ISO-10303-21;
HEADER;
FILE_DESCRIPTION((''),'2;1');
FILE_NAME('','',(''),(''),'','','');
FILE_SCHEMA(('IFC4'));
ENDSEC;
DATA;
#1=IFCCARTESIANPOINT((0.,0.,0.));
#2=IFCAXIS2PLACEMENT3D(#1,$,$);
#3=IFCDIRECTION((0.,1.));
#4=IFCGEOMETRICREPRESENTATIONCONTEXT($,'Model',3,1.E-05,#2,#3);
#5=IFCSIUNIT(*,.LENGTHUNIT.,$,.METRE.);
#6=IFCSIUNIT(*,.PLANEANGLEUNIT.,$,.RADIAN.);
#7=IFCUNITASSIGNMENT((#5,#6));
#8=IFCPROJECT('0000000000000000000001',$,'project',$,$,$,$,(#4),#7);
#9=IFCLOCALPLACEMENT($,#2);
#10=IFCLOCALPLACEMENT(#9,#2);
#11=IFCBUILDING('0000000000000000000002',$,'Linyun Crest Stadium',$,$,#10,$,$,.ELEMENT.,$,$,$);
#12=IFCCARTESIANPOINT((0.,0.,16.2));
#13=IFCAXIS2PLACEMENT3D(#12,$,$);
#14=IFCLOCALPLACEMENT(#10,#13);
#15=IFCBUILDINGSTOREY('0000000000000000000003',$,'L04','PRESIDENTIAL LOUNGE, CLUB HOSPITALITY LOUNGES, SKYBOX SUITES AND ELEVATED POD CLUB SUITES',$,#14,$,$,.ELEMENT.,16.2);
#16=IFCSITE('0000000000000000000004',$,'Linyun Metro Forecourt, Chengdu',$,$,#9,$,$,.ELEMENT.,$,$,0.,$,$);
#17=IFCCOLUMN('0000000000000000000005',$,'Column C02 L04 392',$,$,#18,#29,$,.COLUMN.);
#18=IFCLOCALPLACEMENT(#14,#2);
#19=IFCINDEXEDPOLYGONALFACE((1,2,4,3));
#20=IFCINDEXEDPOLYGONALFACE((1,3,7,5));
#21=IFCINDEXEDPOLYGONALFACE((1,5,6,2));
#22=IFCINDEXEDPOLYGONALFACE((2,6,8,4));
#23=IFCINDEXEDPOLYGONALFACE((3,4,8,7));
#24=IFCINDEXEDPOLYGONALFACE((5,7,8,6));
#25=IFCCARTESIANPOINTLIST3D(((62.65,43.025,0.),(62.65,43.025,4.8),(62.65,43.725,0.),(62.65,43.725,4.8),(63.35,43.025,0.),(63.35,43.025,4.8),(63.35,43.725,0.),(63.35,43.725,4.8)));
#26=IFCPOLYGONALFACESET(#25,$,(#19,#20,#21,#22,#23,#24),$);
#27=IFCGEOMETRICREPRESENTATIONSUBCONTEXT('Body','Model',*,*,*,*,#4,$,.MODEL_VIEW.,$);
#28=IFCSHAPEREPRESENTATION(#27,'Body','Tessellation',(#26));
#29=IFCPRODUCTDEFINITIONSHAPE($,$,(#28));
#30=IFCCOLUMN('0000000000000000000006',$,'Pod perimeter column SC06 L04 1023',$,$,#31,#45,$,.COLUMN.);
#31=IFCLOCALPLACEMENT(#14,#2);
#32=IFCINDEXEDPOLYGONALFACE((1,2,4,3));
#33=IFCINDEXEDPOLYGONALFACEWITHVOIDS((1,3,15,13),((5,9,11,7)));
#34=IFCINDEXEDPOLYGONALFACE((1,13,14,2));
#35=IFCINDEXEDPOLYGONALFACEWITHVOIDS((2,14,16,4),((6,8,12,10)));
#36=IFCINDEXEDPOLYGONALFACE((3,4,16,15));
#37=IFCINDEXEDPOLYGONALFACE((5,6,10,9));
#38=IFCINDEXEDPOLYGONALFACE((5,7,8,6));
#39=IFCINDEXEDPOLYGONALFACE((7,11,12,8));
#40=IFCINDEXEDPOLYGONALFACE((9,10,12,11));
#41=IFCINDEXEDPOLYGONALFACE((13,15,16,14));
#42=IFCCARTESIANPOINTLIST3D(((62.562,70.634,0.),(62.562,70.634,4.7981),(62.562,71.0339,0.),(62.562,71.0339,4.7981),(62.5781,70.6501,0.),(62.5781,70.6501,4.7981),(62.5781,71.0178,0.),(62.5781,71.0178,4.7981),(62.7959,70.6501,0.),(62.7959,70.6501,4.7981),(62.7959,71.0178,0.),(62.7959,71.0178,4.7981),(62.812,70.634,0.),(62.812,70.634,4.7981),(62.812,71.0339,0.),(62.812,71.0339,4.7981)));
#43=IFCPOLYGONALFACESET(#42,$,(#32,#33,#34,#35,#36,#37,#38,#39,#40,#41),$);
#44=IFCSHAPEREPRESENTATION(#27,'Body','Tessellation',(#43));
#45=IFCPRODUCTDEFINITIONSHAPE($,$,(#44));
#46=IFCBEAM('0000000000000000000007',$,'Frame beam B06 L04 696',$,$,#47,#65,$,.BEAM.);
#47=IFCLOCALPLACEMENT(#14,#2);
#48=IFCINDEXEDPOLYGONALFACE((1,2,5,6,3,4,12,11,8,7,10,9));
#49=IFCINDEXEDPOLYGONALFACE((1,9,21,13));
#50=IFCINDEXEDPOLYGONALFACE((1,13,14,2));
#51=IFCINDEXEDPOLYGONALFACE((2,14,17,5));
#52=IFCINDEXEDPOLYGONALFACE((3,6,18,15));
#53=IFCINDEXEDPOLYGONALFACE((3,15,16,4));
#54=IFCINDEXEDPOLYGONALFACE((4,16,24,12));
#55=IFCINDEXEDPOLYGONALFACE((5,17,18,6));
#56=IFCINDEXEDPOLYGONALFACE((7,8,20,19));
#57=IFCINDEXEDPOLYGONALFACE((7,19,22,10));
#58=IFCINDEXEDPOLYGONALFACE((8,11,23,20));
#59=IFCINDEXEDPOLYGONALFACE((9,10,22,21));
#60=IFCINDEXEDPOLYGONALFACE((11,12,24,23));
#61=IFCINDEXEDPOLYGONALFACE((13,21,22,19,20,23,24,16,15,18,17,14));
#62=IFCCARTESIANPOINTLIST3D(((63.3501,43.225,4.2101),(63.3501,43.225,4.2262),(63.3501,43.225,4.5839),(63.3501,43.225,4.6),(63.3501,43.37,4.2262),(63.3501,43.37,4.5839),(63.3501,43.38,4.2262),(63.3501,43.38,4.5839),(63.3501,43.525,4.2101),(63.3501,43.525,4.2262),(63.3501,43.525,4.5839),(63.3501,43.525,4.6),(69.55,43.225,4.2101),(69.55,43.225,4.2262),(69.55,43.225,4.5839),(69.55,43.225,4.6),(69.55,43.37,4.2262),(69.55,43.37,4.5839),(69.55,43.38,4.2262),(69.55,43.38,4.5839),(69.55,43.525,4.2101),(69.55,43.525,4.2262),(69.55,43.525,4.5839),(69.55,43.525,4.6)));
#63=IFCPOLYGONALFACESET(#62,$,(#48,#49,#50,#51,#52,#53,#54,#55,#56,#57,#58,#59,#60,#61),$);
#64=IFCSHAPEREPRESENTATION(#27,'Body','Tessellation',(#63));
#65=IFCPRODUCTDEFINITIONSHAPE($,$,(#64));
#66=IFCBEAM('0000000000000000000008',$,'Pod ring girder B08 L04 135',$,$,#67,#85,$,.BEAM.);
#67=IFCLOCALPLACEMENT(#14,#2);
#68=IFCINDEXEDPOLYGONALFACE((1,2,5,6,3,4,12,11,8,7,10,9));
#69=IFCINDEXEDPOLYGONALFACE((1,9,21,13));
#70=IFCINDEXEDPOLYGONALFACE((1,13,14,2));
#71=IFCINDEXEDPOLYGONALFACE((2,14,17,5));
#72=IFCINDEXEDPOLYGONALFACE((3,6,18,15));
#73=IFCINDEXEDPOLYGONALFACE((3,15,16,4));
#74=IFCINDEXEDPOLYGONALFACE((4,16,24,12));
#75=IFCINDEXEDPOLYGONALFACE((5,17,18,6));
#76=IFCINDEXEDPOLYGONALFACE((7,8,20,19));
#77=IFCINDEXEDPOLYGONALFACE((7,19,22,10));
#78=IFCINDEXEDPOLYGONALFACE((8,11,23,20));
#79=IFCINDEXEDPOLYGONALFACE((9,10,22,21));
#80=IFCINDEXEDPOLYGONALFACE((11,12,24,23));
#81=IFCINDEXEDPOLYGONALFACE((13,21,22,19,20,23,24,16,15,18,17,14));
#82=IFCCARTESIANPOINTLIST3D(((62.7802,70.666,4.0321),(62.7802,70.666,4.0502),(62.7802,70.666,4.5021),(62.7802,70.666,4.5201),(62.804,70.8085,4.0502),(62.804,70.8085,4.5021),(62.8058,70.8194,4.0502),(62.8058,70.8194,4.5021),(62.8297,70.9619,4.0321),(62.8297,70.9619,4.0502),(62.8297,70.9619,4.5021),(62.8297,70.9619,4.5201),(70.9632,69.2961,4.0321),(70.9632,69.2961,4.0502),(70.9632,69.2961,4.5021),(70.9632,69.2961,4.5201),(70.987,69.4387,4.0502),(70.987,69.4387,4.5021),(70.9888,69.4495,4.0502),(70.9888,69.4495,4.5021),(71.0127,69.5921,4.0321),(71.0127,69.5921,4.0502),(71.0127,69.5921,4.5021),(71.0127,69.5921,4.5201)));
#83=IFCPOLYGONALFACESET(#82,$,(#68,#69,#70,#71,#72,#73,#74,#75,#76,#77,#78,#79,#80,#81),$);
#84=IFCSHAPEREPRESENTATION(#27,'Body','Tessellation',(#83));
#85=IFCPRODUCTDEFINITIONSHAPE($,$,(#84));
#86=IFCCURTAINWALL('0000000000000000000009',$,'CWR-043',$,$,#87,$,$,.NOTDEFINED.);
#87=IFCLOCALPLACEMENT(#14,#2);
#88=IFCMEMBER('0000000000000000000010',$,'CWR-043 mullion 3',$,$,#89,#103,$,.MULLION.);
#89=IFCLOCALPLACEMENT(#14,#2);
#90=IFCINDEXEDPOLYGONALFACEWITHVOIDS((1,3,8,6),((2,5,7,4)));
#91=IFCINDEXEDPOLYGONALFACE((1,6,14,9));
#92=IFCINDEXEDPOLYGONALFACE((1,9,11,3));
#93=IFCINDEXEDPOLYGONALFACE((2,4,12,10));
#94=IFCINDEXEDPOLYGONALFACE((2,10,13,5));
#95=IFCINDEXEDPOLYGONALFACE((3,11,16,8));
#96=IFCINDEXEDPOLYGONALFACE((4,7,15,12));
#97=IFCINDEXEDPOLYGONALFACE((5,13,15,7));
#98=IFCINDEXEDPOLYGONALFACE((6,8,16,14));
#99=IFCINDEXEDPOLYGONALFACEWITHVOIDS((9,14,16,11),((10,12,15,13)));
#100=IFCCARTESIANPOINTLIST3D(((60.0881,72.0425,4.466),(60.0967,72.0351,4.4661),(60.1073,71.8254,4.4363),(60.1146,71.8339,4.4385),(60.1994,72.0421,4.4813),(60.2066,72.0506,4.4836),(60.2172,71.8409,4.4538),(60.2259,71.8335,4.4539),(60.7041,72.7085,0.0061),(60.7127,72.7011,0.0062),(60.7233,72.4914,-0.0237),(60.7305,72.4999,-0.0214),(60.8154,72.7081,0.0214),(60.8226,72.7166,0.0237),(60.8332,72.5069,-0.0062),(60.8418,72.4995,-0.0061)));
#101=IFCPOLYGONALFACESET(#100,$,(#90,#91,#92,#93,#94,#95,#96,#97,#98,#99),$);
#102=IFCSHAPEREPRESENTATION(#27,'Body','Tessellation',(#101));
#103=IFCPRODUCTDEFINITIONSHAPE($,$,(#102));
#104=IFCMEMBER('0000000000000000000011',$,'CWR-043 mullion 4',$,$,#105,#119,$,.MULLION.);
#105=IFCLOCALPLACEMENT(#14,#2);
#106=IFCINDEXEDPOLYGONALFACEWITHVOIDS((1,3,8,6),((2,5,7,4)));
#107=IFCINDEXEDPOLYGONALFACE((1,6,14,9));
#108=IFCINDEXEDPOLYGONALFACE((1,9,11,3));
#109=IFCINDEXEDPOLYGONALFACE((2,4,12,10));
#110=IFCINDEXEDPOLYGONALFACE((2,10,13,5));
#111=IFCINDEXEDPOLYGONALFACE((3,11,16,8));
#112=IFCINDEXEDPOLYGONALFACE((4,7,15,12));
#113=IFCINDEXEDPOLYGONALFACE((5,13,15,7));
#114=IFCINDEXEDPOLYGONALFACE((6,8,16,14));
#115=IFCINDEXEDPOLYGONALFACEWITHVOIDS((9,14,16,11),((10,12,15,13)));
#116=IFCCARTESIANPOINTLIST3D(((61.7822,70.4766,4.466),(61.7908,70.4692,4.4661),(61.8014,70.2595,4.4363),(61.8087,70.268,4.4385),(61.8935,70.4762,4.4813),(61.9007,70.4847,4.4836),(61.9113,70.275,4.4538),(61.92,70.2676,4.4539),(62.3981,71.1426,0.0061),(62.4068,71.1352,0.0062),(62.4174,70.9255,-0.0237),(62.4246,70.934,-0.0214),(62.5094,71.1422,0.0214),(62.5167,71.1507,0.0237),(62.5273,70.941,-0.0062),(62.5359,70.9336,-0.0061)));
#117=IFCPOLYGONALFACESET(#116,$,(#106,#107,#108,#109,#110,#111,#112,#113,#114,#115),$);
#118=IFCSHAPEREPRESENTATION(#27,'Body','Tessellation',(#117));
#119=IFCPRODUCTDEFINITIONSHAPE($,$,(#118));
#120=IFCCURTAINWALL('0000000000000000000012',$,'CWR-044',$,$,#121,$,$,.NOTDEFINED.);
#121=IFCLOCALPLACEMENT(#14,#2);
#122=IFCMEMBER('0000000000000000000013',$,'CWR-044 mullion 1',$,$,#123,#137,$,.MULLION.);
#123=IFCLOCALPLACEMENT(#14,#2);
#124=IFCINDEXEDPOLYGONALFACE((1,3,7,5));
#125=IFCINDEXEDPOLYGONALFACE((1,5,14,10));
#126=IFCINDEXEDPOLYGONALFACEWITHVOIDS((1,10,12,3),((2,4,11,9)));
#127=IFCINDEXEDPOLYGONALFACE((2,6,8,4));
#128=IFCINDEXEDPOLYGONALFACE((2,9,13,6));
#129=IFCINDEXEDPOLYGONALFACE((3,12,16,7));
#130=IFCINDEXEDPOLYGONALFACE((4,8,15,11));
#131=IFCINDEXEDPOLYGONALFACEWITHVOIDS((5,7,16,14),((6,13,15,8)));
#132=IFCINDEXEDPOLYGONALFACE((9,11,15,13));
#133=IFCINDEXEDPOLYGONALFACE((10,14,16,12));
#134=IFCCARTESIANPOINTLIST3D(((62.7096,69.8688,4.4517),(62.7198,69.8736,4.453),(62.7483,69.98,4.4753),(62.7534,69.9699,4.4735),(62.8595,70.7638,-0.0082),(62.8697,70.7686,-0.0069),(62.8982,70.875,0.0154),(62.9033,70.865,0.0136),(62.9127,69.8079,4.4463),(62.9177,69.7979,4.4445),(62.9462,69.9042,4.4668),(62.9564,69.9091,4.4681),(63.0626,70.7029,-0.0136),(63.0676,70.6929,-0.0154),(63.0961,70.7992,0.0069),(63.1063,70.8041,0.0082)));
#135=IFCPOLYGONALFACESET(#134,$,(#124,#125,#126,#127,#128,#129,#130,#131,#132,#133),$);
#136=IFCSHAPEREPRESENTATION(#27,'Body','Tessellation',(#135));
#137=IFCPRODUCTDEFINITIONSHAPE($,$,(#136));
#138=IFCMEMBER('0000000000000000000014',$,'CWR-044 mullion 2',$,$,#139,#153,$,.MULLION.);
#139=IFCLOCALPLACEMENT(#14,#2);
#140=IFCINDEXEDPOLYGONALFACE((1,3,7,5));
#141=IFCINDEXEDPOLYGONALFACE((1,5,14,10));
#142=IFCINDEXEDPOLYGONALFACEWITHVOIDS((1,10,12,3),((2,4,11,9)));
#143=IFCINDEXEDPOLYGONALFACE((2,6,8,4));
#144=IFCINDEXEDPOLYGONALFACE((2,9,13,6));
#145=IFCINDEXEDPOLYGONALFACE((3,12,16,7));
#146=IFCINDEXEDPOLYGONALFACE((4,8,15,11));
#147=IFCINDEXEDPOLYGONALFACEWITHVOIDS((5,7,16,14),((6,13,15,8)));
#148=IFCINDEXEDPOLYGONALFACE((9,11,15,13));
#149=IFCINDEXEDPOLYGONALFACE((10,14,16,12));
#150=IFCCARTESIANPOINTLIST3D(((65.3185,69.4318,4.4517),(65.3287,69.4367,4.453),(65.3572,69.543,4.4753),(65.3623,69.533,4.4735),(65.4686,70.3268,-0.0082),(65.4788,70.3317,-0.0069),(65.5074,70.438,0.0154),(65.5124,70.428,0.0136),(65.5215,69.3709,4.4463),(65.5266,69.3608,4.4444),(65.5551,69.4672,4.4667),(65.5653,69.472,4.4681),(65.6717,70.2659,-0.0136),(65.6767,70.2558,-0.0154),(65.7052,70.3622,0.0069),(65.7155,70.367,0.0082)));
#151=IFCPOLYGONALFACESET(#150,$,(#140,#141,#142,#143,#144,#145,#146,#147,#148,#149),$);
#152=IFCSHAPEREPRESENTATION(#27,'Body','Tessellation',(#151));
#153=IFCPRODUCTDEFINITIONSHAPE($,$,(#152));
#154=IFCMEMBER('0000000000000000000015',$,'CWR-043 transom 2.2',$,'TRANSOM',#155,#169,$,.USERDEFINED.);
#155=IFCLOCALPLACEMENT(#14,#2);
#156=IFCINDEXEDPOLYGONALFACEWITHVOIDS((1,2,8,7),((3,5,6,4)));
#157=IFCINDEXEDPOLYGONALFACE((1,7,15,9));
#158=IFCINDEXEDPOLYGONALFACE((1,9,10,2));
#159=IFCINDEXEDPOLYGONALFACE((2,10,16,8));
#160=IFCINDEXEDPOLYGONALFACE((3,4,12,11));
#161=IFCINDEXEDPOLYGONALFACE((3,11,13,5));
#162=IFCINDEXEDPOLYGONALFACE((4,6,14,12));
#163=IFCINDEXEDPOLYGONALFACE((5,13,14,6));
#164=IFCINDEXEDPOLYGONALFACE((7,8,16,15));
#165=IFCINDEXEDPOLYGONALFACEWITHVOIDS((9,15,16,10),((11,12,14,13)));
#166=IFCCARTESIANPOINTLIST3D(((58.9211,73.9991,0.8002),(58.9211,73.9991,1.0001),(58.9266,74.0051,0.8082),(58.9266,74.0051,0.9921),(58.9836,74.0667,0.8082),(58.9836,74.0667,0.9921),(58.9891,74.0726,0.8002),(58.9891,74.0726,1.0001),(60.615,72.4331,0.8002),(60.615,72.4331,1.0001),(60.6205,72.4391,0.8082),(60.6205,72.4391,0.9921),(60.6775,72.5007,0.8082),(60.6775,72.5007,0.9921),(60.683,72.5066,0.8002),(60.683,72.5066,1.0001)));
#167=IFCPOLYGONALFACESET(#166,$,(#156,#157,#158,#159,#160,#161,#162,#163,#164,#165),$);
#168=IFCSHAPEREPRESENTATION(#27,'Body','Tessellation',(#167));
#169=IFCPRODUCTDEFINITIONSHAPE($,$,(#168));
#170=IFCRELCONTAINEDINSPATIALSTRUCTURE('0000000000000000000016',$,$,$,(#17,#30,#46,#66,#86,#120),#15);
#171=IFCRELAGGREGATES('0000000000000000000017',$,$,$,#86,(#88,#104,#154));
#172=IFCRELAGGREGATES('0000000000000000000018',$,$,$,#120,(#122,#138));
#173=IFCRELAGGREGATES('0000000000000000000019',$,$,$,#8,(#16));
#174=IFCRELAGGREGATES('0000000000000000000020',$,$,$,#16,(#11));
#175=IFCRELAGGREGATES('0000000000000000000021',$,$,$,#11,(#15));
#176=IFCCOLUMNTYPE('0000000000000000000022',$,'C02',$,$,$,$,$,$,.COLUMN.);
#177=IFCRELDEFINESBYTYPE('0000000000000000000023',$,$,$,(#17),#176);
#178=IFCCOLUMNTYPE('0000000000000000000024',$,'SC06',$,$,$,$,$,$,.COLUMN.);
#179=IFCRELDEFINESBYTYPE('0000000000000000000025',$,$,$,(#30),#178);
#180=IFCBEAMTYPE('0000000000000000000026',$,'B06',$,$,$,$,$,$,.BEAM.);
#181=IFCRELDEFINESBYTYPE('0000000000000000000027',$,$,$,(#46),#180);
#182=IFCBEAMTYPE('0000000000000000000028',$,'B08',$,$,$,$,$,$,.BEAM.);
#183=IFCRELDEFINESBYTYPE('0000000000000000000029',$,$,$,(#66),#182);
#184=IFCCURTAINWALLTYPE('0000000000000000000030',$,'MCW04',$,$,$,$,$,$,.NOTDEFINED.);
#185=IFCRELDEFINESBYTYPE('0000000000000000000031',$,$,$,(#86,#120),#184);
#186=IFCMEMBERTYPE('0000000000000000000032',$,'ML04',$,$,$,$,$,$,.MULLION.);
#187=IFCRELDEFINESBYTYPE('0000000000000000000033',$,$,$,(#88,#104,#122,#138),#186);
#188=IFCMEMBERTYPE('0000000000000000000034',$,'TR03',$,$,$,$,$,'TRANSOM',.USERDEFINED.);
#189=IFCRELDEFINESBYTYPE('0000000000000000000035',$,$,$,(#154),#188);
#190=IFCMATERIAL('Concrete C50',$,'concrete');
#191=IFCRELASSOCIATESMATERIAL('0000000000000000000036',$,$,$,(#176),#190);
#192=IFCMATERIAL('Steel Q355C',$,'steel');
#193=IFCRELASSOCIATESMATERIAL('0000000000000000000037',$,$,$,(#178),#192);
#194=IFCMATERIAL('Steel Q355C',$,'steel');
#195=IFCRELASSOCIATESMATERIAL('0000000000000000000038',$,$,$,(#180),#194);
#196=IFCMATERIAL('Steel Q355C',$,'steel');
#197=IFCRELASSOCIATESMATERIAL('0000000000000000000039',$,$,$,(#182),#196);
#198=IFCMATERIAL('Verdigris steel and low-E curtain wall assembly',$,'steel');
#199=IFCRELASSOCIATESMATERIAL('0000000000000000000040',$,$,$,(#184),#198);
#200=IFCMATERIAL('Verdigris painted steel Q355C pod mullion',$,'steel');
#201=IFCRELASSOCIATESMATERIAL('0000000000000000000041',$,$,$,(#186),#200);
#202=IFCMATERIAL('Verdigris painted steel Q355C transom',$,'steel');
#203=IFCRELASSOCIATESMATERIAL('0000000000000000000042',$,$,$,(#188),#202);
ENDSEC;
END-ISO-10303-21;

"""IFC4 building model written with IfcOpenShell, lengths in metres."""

from ifc_helpers import new_model, si_unit, direction, frame, origin, origin_2d, place, context, subcontext, project, spatial, rectangle, hollow_rectangle, i_section, extrude, material, material_profile, profile_set, type_object, element, aggregate, save


model = new_model("IFC4")

# Units and contexts
model_context = context("Model", 3, precision=1e-05, world=origin(), true_north=direction((0.0, 1.0)))
body_context = subcontext(model_context, "Body", "Model", "MODEL_VIEW")
ifc_project = project(units=[si_unit("LENGTHUNIT", "METRE"), si_unit("PLANEANGLEUNIT", "RADIAN")], contexts=[model_context])

# Site, building, storey
site_placement = place(None, origin())
site = spatial("IfcSite", under=ifc_project, at=site_placement, Name="Linyun Metro Forecourt, Chengdu", CompositionType="ELEMENT", RefElevation=0.0)
building_placement = place(site_placement, origin())
building = spatial("IfcBuilding", under=site, at=building_placement, Name="Linyun Crest Stadium", CompositionType="ELEMENT")
storey_placement = place(building_placement, frame((0.0, 0.0, 16.2)))
storey = spatial("IfcBuildingStorey", under=building, at=storey_placement, Name="L04", Description="PRESIDENTIAL LOUNGE, CLUB HOSPITALITY LOUNGES, SKYBOX SUITES AND ELEVATED POD CLUB SUITES", CompositionType="ELEMENT", Elevation=16.2)

# Columns
ifc_material_1 = material(Name="Concrete C50", Category="concrete")
ifc_material_profile_1 = material_profile(ifc_material_1, rectangle(XDim=0.7, YDim=0.7, at=origin_2d()), Name="RC 700x700")
ifc_profile_set_1 = profile_set([ifc_material_profile_1], Name="Concrete C50")
column_type_1 = type_object("IfcColumnType", Name="C02", PredefinedType="COLUMN", material=ifc_profile_set_1)
column_1_placement = place(storey_placement, frame((63.0, 43.375, 0.0), z_axis=(0.0, 0.0, 1.0), x_axis=(1.0, 0.0, 0.0)))
element("IfcColumn", 1, at=column_1_placement, inside=storey, type_object=column_type_1, Name="Column C02 L04 392", PredefinedType="COLUMN", context=body_context, shape_type="SweptSolid", body=[
    extrude(rectangle(XDim=0.7, YDim=0.7, at=origin_2d()), origin(), (0.0, 0.0, 1.0), 4.8),
])
ifc_material_2 = material(Name="Steel Q355C", Category="steel")
ifc_material_profile_2 = material_profile(ifc_material_2, hollow_rectangle(XDim=0.25, YDim=0.3999, WallThickness=0.0161, at=origin_2d()), Name="RHS 400x250x16")
ifc_profile_set_2 = profile_set([ifc_material_profile_2], Name="Steel Q355C")
column_type_2 = type_object("IfcColumnType", Name="SC06", PredefinedType="COLUMN", material=ifc_profile_set_2)
column_2_placement = place(storey_placement, frame((62.687, 70.834, 0.0), z_axis=(0.0, 0.0, 1.0), x_axis=(1.0, 0.0, 0.0)))
element("IfcColumn", 2, at=column_2_placement, inside=storey, type_object=column_type_2, Name="Pod perimeter column SC06 L04 1023", PredefinedType="COLUMN", context=body_context, shape_type="SweptSolid", body=[
    extrude(hollow_rectangle(XDim=0.25, YDim=0.3999, WallThickness=0.0161, at=origin_2d()), origin(), (0.0, 0.0, 1.0), 4.7981),
])

# Beams
ifc_material_3 = material(Name="Steel Q355C", Category="steel")
ifc_material_profile_3 = material_profile(ifc_material_3, i_section(OverallWidth=0.3, OverallDepth=0.3899, WebThickness=0.01, FlangeThickness=0.0161, at=origin_2d()), Name="HM 390x300")
ifc_profile_set_3 = profile_set([ifc_material_profile_3], Name="Steel Q355C")
beam_type_1 = type_object("IfcBeamType", Name="B06", PredefinedType="BEAM", material=ifc_profile_set_3)
beam_1_placement = place(storey_placement, frame((63.3501, 43.375, 4.405), z_axis=(1.0, 0.0, 0.0), x_axis=(0.0, 1.0, 0.0)))
element("IfcBeam", 3, at=beam_1_placement, inside=storey, type_object=beam_type_1, Name="Frame beam B06 L04 696", PredefinedType="BEAM", context=body_context, shape_type="SweptSolid", body=[
    extrude(i_section(OverallWidth=0.3, OverallDepth=0.3899, WebThickness=0.01, FlangeThickness=0.0161, at=origin_2d()), origin(), (0.0, 0.0, 1.0), 6.2),
])
ifc_material_4 = material(Name="Steel Q355C", Category="steel")
ifc_material_profile_4 = material_profile(ifc_material_4, i_section(OverallWidth=0.3, OverallDepth=0.488, WebThickness=0.011, FlangeThickness=0.0181, at=origin_2d()), Name="HM 488x300")
ifc_profile_set_4 = profile_set([ifc_material_profile_4], Name="Steel Q355C")
beam_type_2 = type_object("IfcBeamType", Name="B08", PredefinedType="BEAM", material=ifc_profile_set_4)
beam_2_placement = place(storey_placement, frame((62.8049, 70.814, 4.2761), z_axis=(0.986276, -0.165105, 0.0), x_axis=(0.165105, 0.986276, 0.0)))
element("IfcBeam", 4, at=beam_2_placement, inside=storey, type_object=beam_type_2, Name="Pod ring girder B08 L04 135", PredefinedType="BEAM", context=body_context, shape_type="SweptSolid", body=[
    extrude(i_section(OverallWidth=0.3, OverallDepth=0.488, WebThickness=0.011, FlangeThickness=0.0181, at=origin_2d()), origin(), (0.0, 0.0, 1.0), 8.2969),
])

# Curtain walls, members
ifc_material_5 = material(Name="Verdigris steel and low-E curtain wall assembly", Category="steel")
curtain_wall_type = type_object("IfcCurtainWallType", Name="MCW04", PredefinedType="NOTDEFINED", material=ifc_material_5)
curtain_wall_1_placement = place(storey_placement, origin())
curtain_wall_1 = element("IfcCurtainWall", 5, at=curtain_wall_1_placement, inside=storey, type_object=curtain_wall_type, Name="CWR-043", PredefinedType="NOTDEFINED")
ifc_material_6 = material(Name="Verdigris painted steel Q355C pod mullion", Category="steel")
ifc_material_profile_5 = material_profile(ifc_material_6, hollow_rectangle(XDim=0.1201, YDim=0.22, WallThickness=0.0081, at=origin_2d()), Name="RHS 220x120x8")
ifc_profile_set_5 = profile_set([ifc_material_profile_5], Name="Verdigris painted steel Q355C pod mullion")
member_type_1 = type_object("IfcMemberType", Name="ML04", PredefinedType="MULLION", material=ifc_profile_set_5)
member_1_placement = place(storey_placement, frame((60.7729, 72.604, 0.0), z_axis=(-0.135339, -0.146336, 0.979933), x_axis=(0.986932, 0.067392, 0.146369)))
member_1 = element("IfcMember", 6, at=member_1_placement, type_object=member_type_1, Name="CWR-043 mullion 3", PredefinedType="MULLION", context=body_context, shape_type="SweptSolid", body=[
    extrude(hollow_rectangle(XDim=0.1201, YDim=0.22, WallThickness=0.0081, at=origin_2d()), origin(), (0.0, 0.0, 1.0), 4.5513),
])
member_2_placement = place(storey_placement, frame((62.467, 71.0381, 0.0), z_axis=(-0.135339, -0.146336, 0.979933), x_axis=(0.986932, 0.067392, 0.146369)))
member_2 = element("IfcMember", 7, at=member_2_placement, type_object=member_type_1, Name="CWR-043 mullion 4", PredefinedType="MULLION", context=body_context, shape_type="SweptSolid", body=[
    extrude(hollow_rectangle(XDim=0.1201, YDim=0.22, WallThickness=0.0081, at=origin_2d()), origin(), (0.0, 0.0, 1.0), 4.5513),
])
curtain_wall_2_placement = place(storey_placement, origin())
curtain_wall_2 = element("IfcCurtainWall", 8, at=curtain_wall_2_placement, inside=storey, type_object=curtain_wall_type, Name="CWR-044", PredefinedType="NOTDEFINED")
member_3_placement = place(storey_placement, frame((62.9829, 70.7839, 0.0), z_axis=(-0.032936, -0.196649, 0.979921), x_axis=(0.322428, 0.925941, 0.196654)))
member_3 = element("IfcMember", 9, at=member_3_placement, type_object=member_type_1, Name="CWR-044 mullion 1", PredefinedType="MULLION", context=body_context, shape_type="SweptSolid", body=[
    extrude(hollow_rectangle(XDim=0.1201, YDim=0.22, WallThickness=0.0081, at=origin_2d()), origin(), (0.0, 0.0, 1.0), 4.5513),
])
member_4_placement = place(storey_placement, frame((65.592, 70.3469, 0.0), z_axis=(-0.032989, -0.196649, 0.979919), x_axis=(0.322673, 0.925854, 0.196662)))
member_4 = element("IfcMember", 10, at=member_4_placement, type_object=member_type_1, Name="CWR-044 mullion 2", PredefinedType="MULLION", context=body_context, shape_type="SweptSolid", body=[
    extrude(hollow_rectangle(XDim=0.1201, YDim=0.22, WallThickness=0.0081, at=origin_2d()), origin(), (0.0, 0.0, 1.0), 4.5513),
])

# Member
ifc_material_7 = material(Name="Verdigris painted steel Q355C transom", Category="steel")
ifc_material_profile_6 = material_profile(ifc_material_7, hollow_rectangle(XDim=0.1001, YDim=0.2, WallThickness=0.0081, at=origin_2d()), Name="RHS 200x100x8")
ifc_profile_set_6 = profile_set([ifc_material_profile_6], Name="Verdigris painted steel Q355C transom")
member_type_2 = type_object("IfcMemberType", Name="TR03", ElementType="TRANSOM", PredefinedType="USERDEFINED", material=ifc_profile_set_6)
member_5_placement = place(storey_placement, frame((58.9551, 74.0359, 0.9001), z_axis=(0.734292, -0.678834, 0.0), x_axis=(0.678834, 0.734292, 0.0)))
member_5 = element("IfcMember", 11, at=member_5_placement, type_object=member_type_2, Name="CWR-043 transom 2.2", ObjectType="TRANSOM", PredefinedType="USERDEFINED", context=body_context, shape_type="SweptSolid", body=[
    extrude(hollow_rectangle(XDim=0.1001, YDim=0.2, WallThickness=0.0081, at=origin_2d()), origin(), (0.0, 0.0, 1.0), 2.3069),
])

aggregate(curtain_wall_1, [member_1, member_2, member_5])
aggregate(curtain_wall_2, [member_3, member_4])

save(model, "model.ifc")
